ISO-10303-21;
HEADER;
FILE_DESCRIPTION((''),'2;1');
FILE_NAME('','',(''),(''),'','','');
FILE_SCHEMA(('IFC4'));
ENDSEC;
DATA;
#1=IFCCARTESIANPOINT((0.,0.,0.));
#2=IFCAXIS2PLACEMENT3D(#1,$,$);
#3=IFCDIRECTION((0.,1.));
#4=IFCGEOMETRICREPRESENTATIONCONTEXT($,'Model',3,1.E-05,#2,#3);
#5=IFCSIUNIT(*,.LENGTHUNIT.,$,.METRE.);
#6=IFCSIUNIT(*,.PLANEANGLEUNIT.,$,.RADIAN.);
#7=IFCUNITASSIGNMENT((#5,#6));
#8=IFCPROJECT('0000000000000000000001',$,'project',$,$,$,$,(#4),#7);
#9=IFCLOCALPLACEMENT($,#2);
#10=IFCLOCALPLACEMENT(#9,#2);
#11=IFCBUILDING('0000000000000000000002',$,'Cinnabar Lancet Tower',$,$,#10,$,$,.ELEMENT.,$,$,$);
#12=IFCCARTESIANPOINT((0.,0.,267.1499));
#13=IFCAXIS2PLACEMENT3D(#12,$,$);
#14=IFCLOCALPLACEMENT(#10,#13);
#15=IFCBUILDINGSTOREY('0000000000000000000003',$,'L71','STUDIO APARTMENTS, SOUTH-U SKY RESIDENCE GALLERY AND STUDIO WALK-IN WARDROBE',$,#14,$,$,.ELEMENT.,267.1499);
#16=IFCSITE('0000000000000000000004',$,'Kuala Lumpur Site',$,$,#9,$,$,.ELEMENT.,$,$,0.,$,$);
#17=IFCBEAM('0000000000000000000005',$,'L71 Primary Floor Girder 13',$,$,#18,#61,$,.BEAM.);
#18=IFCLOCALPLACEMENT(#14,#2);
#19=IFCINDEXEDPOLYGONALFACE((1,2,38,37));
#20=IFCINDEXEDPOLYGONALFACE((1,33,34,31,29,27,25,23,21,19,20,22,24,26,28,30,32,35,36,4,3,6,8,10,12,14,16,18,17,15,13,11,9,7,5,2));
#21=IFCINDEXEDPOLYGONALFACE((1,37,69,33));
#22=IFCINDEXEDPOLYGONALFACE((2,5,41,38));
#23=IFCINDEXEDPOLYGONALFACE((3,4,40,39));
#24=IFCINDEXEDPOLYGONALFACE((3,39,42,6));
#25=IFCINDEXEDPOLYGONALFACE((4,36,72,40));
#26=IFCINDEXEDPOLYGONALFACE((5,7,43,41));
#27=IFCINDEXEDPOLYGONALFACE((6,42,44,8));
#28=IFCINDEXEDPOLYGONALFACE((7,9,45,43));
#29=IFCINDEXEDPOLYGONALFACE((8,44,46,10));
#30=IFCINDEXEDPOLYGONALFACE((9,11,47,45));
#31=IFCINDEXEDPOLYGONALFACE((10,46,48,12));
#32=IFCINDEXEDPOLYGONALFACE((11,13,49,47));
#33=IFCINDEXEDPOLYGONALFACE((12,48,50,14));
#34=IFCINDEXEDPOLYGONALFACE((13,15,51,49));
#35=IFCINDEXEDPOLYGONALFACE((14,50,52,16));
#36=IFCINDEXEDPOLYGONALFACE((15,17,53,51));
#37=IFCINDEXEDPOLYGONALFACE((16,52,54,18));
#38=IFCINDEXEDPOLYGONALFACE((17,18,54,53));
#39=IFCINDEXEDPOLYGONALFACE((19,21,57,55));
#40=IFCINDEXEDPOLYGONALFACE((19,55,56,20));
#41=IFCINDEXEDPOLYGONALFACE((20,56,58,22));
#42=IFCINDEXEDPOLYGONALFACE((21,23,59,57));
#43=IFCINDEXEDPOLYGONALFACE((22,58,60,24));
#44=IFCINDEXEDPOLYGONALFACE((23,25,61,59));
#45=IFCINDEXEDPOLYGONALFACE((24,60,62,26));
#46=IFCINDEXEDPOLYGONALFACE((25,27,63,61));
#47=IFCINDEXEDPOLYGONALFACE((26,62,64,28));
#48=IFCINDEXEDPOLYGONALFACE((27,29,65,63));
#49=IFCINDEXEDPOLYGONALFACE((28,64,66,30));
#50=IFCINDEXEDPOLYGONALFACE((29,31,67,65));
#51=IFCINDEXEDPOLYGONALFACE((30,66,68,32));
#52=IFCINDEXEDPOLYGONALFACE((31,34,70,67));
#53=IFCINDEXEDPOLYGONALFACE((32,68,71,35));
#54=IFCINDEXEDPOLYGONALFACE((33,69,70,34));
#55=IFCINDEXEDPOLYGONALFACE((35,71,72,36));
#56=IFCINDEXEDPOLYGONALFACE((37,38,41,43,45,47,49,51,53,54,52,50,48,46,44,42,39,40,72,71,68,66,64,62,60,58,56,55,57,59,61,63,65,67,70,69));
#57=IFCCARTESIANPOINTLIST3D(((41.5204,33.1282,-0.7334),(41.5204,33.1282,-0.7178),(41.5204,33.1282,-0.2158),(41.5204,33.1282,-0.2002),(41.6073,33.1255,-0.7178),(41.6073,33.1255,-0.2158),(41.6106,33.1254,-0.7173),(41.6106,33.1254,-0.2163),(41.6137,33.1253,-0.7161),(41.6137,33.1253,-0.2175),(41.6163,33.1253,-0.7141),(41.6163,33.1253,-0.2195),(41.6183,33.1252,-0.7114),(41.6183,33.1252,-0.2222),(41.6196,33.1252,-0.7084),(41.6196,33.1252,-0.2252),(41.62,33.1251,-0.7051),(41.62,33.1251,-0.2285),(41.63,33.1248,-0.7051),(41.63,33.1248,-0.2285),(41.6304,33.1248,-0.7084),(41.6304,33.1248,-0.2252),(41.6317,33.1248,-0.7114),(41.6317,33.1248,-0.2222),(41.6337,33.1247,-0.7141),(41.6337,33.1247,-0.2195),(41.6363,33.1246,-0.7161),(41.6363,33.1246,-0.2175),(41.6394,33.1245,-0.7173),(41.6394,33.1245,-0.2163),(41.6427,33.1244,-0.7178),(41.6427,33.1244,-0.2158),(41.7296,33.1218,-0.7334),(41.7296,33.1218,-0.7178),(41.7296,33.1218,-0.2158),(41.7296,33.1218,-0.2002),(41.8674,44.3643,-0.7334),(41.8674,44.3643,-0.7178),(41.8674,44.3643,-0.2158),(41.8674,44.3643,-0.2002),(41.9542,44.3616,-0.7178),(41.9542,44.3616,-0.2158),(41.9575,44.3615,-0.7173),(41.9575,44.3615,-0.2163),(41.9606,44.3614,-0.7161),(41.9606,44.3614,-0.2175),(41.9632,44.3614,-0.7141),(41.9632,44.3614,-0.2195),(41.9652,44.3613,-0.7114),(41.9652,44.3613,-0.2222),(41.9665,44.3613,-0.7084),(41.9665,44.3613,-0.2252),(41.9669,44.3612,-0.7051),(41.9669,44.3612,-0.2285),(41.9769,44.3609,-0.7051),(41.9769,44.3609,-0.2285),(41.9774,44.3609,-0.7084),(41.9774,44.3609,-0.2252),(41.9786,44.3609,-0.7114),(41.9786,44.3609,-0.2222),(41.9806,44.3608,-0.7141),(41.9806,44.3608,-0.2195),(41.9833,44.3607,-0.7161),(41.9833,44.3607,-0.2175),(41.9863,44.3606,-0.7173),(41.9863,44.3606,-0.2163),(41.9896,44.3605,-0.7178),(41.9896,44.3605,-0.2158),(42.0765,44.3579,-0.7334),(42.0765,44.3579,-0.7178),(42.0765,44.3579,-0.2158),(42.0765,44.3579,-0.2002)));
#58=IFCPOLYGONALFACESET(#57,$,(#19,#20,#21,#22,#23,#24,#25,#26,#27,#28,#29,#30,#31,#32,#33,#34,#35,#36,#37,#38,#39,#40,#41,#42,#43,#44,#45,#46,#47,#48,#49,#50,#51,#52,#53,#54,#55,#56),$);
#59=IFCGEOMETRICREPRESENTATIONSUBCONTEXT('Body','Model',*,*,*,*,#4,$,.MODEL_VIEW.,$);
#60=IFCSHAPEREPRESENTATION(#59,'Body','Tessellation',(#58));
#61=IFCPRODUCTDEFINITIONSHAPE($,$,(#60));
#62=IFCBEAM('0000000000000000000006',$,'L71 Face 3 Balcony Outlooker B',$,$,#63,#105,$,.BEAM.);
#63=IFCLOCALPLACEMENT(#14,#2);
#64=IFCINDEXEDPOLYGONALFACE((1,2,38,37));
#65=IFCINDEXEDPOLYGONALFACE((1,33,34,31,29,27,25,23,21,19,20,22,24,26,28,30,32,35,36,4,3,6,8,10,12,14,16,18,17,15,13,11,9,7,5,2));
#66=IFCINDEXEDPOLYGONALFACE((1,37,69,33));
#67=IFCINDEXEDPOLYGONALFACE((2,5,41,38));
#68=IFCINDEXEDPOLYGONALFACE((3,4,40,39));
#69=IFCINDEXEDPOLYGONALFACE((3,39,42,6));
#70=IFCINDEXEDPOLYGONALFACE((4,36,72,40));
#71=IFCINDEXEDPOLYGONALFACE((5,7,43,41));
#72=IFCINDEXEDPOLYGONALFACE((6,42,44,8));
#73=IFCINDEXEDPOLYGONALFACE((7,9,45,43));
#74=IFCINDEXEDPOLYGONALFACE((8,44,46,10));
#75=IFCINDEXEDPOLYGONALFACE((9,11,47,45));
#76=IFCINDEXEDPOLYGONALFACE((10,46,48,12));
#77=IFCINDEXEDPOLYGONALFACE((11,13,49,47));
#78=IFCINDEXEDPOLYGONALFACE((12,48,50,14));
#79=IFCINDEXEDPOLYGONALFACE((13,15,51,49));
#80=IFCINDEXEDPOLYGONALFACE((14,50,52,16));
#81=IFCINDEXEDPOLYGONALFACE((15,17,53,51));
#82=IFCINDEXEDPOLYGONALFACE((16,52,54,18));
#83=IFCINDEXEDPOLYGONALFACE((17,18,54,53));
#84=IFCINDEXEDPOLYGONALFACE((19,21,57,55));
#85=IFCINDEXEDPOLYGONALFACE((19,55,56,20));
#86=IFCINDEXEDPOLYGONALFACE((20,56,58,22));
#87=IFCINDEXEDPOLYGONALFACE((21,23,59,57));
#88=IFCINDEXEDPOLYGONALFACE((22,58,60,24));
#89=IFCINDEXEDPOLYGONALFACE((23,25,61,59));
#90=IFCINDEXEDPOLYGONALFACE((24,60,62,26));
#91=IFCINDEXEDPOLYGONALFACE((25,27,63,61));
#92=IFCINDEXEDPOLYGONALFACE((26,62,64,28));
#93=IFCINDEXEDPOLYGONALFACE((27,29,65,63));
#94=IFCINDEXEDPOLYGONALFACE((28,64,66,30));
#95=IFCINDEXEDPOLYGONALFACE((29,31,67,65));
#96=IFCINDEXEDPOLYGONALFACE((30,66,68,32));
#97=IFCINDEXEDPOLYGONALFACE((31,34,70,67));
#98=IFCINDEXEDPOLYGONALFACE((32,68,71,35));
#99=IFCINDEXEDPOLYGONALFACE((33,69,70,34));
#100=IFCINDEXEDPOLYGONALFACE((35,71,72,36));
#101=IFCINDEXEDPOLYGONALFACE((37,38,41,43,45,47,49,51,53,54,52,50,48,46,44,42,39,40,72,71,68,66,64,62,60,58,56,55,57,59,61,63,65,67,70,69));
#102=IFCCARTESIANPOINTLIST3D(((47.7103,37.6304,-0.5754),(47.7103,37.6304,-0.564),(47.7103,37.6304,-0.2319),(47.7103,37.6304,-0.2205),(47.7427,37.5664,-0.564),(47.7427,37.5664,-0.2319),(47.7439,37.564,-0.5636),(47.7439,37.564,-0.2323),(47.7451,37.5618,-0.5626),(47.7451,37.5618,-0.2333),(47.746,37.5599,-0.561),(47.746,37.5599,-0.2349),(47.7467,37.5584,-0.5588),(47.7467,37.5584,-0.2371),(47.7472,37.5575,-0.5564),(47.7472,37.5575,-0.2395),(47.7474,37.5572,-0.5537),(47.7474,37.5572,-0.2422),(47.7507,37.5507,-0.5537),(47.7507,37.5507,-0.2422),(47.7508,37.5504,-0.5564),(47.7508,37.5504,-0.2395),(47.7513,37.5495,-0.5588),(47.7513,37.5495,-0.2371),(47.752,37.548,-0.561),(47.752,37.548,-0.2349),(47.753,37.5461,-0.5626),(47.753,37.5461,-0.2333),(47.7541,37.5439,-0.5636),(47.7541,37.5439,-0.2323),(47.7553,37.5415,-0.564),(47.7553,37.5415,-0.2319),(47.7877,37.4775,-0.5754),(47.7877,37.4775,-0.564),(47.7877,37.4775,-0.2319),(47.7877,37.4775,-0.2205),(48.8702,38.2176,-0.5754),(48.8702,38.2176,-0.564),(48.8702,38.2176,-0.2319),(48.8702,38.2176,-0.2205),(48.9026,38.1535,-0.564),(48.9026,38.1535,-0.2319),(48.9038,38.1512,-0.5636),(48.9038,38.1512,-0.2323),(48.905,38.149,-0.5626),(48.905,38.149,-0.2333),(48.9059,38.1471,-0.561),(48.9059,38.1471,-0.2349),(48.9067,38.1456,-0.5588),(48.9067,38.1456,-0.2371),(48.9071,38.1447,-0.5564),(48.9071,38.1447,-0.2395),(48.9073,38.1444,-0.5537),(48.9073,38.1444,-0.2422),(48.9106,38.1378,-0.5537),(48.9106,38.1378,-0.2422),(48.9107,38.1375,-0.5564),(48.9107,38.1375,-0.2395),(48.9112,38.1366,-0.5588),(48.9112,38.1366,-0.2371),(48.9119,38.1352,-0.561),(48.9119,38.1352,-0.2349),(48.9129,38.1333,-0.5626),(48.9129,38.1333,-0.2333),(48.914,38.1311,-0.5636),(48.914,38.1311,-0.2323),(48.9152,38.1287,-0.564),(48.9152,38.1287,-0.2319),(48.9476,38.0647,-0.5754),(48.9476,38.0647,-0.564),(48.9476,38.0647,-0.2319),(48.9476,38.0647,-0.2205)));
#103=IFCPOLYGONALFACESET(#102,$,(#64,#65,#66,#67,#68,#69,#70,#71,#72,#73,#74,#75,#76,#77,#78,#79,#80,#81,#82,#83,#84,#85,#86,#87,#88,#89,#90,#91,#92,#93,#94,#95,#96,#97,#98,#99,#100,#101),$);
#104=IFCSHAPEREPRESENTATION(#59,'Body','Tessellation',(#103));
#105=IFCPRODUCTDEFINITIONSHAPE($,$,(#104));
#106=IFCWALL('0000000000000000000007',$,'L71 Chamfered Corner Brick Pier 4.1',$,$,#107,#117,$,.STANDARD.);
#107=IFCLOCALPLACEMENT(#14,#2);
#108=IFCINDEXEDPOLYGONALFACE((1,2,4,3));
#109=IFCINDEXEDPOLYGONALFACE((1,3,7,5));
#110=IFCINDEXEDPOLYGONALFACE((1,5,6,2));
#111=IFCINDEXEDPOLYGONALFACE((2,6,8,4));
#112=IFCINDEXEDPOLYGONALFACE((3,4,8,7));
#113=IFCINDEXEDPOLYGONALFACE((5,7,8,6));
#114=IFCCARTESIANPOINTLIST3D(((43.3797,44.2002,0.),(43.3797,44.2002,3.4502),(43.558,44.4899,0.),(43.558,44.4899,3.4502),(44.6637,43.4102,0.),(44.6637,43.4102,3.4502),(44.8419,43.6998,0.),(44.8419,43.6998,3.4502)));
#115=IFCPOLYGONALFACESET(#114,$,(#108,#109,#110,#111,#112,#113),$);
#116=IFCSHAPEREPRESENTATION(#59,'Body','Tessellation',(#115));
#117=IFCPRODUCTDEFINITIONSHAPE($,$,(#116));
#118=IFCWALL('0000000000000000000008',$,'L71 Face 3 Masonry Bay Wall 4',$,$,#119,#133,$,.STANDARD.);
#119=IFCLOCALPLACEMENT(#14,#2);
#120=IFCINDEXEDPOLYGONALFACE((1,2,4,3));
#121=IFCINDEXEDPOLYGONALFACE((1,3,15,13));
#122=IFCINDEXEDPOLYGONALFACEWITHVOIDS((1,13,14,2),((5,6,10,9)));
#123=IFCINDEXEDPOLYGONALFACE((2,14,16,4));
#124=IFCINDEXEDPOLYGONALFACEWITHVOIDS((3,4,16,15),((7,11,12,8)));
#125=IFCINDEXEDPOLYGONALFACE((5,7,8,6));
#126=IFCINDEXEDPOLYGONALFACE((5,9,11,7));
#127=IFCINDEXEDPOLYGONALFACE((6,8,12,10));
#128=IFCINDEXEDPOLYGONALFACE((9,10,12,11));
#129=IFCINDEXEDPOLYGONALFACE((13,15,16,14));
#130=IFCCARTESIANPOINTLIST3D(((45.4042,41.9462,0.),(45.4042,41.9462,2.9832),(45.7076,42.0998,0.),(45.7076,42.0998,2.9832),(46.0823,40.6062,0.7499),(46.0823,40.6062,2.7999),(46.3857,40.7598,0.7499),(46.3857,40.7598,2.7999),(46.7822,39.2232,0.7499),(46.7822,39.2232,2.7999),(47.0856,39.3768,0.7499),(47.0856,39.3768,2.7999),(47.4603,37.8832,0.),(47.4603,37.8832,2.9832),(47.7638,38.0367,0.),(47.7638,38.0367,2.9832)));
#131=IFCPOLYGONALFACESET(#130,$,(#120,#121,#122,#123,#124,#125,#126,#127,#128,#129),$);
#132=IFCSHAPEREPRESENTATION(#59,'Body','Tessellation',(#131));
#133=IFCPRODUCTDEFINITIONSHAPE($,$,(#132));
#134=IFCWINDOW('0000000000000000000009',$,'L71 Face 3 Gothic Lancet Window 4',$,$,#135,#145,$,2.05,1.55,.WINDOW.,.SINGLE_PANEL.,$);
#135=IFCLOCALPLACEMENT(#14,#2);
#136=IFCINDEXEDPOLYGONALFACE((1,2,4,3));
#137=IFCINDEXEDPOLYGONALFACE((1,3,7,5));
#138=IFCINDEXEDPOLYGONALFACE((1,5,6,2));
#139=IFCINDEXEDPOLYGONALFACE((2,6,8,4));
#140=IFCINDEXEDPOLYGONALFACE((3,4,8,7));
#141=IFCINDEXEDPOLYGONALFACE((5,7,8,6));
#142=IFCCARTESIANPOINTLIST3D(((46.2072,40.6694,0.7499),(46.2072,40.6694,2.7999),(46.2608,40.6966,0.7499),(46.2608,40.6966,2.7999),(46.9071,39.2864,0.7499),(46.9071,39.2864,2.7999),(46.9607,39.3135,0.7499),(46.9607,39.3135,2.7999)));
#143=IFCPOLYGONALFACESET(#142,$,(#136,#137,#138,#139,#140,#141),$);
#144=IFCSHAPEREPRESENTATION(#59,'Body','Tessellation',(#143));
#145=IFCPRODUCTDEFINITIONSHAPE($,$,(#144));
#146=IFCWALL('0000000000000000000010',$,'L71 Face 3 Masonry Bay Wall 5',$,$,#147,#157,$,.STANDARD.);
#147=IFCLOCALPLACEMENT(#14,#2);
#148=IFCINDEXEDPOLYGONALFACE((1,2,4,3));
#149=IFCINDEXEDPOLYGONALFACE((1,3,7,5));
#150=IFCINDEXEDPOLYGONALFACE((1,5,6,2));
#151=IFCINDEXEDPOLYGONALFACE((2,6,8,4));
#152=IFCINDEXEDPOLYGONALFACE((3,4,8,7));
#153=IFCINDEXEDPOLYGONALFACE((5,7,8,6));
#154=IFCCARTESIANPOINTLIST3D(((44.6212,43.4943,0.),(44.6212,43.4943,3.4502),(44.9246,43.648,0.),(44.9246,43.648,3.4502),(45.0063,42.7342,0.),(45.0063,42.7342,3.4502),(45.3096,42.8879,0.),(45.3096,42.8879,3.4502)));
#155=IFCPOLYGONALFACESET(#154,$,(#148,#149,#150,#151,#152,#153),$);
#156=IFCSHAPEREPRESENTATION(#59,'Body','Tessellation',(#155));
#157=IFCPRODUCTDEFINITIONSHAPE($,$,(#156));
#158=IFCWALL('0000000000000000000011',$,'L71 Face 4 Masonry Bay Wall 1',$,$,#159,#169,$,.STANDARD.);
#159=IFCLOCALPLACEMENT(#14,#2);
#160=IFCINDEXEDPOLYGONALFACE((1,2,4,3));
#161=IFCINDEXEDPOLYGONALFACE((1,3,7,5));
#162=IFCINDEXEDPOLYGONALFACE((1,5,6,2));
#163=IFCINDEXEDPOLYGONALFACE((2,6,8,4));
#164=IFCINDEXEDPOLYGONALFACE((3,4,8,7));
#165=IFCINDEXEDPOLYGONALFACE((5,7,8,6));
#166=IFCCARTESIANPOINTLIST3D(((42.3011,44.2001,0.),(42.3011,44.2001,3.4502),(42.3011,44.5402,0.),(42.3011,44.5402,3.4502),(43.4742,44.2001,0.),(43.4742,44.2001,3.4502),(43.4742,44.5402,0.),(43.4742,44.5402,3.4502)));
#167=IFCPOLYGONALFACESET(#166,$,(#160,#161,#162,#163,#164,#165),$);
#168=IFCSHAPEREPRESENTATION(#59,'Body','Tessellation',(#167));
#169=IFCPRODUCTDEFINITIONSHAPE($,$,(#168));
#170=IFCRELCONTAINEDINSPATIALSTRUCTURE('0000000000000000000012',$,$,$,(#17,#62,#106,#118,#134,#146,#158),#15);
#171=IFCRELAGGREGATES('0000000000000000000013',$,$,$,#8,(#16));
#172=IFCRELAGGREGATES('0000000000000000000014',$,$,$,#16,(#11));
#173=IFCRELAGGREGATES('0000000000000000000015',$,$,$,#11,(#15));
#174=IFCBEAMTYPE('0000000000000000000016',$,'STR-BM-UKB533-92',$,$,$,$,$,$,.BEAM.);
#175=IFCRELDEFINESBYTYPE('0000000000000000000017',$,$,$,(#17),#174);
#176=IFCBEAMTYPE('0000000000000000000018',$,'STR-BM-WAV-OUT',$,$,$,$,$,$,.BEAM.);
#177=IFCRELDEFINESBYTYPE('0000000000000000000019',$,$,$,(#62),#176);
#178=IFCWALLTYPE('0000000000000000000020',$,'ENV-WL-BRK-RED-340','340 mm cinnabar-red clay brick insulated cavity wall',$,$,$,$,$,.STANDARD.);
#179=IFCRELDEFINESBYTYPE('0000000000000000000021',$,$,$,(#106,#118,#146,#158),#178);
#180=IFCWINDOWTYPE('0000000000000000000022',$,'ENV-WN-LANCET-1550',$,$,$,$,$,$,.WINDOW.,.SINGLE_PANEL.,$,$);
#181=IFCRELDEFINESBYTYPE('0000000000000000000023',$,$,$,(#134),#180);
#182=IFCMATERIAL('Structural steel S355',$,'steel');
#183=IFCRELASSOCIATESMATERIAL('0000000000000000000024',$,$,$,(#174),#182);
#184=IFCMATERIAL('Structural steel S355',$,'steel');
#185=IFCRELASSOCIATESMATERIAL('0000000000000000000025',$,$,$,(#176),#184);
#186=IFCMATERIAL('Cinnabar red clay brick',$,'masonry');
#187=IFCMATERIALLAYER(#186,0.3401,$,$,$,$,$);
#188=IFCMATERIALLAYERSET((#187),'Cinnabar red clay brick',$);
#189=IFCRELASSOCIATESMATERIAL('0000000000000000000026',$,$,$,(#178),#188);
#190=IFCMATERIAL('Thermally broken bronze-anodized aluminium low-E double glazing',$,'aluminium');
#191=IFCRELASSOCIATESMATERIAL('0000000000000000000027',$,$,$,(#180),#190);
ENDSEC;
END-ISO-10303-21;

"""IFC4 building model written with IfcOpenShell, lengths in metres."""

from ifc_helpers import new_model, si_unit, direction, frame, frame_2d, origin, origin_2d, place, context, subcontext, project, spatial, rectangle, i_section, extrude, material, layer, layer_set, material_profile, profile_set, type_object, element, fill, save


model = new_model("IFC4")

# Units and contexts
model_context = context("Model", 3, precision=1e-05, world=origin(), true_north=direction((0.0, 1.0)))
body_context = subcontext(model_context, "Body", "Model", "MODEL_VIEW")
ifc_project = project(units=[si_unit("LENGTHUNIT", "METRE"), si_unit("PLANEANGLEUNIT", "RADIAN")], contexts=[model_context])

# Site, building, storey
site_placement = place(None, origin())
site = spatial("IfcSite", under=ifc_project, at=site_placement, Name="Kuala Lumpur Site", CompositionType="ELEMENT", RefElevation=0.0)
building_placement = place(site_placement, origin())
building = spatial("IfcBuilding", under=site, at=building_placement, Name="Cinnabar Lancet Tower", CompositionType="ELEMENT")
storey_placement = place(building_placement, frame((0.0, 0.0, 267.1499)))
storey = spatial("IfcBuildingStorey", under=building, at=storey_placement, Name="L71", Description="STUDIO APARTMENTS, SOUTH-U SKY RESIDENCE GALLERY AND STUDIO WALK-IN WARDROBE", CompositionType="ELEMENT", Elevation=267.1499)

# Beams
ifc_material_1 = material(Name="Structural steel S355", Category="steel")
ifc_material_profile_1 = material_profile(ifc_material_1, i_section(OverallWidth=0.2092, OverallDepth=0.5332, WebThickness=0.01, FlangeThickness=0.0156, FilletRadius=0.0127, at=origin_2d()), Name="UKB 533x210x92")
ifc_profile_set_1 = profile_set([ifc_material_profile_1], Name="Structural steel S355")
beam_type_1 = type_object("IfcBeamType", Name="STR-BM-UKB533-92", PredefinedType="BEAM", material=ifc_profile_set_1)
beam_1_placement = place(storey_placement, frame((41.9719, 44.3611, -0.4668), z_axis=(-0.030861, -0.999524, 0.0), x_axis=(0.999524, -0.030861, 0.0)))
element("IfcBeam", 1, at=beam_1_placement, inside=storey, type_object=beam_type_1, Name="L71 Primary Floor Girder 13", PredefinedType="BEAM", context=body_context, shape_type="SweptSolid", body=[
    extrude(i_section(OverallWidth=0.2092, OverallDepth=0.5332, WebThickness=0.01, FlangeThickness=0.0156, FilletRadius=0.0127, at=origin_2d()), origin(), (0.0, 0.0, 1.0), 11.2415),
])
ifc_material_2 = material(Name="Structural steel S355", Category="steel")
ifc_material_profile_2 = material_profile(ifc_material_2, i_section(OverallWidth=0.1714, OverallDepth=0.355, WebThickness=0.0073, FlangeThickness=0.0115, FilletRadius=0.0103, at=origin_2d()), Name="UKB 356x171x51")
ifc_profile_set_2 = profile_set([ifc_material_profile_2], Name="Structural steel S355")
beam_type_2 = type_object("IfcBeamType", Name="STR-BM-WAV-OUT", PredefinedType="BEAM", material=ifc_profile_set_2)
beam_2_placement = place(storey_placement, frame((47.749, 37.554, -0.3979), z_axis=(0.8922, 0.45164, 0.0), x_axis=(-0.45164, 0.8922, 0.0)))
element("IfcBeam", 2, at=beam_2_placement, inside=storey, type_object=beam_type_2, Name="L71 Face 3 Balcony Outlooker B", PredefinedType="BEAM", context=body_context, shape_type="SweptSolid", body=[
    extrude(i_section(OverallWidth=0.1714, OverallDepth=0.355, WebThickness=0.0073, FlangeThickness=0.0115, FilletRadius=0.0103, at=origin_2d()), origin(), (0.0, 0.0, 1.0), 1.3),
])

# Wall
ifc_material_3 = material(Name="Cinnabar red clay brick", Category="masonry")
ifc_layer = layer(ifc_material_3, 0.3401)
ifc_layer_set = layer_set([ifc_layer], Name="Cinnabar red clay brick")
wall_type = type_object("IfcWallType", Name="ENV-WL-BRK-RED-340", Description="340 mm cinnabar-red clay brick insulated cavity wall", PredefinedType="STANDARD", material=ifc_layer_set)
wall_1_placement = place(storey_placement, frame((44.7529, 43.5549, 0.0), z_axis=(0.0, 0.0, 1.0), x_axis=(-0.851681, 0.524061, 0.0)))
element("IfcWall", 3, at=wall_1_placement, inside=storey, type_object=wall_type, Name="L71 Chamfered Corner Brick Pier 4.1", PredefinedType="STANDARD", context=body_context, shape_type="SweptSolid", body=[
    extrude(rectangle(XDim=1.5076, YDim=0.3401, at=frame_2d((0.7539, 0.0))), origin(), (0.0, 0.0, 1.0), 3.4502),
])

# Wall, opening, window
wall_2_placement = place(storey_placement, frame((47.6121, 37.96, 0.0), z_axis=(0.0, 0.0, 1.0), x_axis=(-0.45154, 0.892251, 0.0)))
wall_2 = element("IfcWall", 4, at=wall_2_placement, inside=storey, type_object=wall_type, Name="L71 Face 3 Masonry Bay Wall 4", PredefinedType="STANDARD", context=body_context, shape_type="SweptSolid", body=[
    extrude(rectangle(XDim=4.5537, YDim=0.3401, at=frame_2d((2.2769, 0.0))), origin(), (0.0, 0.0, 1.0), 2.9832),
])
opening_placement = place(wall_2_placement, frame((1.502, 0.0, 0.75)))
opening = element("IfcOpeningElement", 5, at=opening_placement, cuts=wall_2, PredefinedType="OPENING", context=body_context, shape_type="SweptSolid", body=[
    extrude(rectangle(XDim=1.55, YDim=2.05, at=frame_2d((0.7749, 1.0249))), frame((0.0, 0.1799, 0.0), z_axis=(0.0, -1.0, 0.0), x_axis=(1.0, 0.0, 0.0)), (0.0, 0.0, 1.0), 0.3601),
])
ifc_material_4 = material(Name="Thermally broken bronze-anodized aluminium low-E double glazing", Category="aluminium")
window_type = type_object("IfcWindowType", Name="ENV-WN-LANCET-1550", PartitioningType="SINGLE_PANEL", PredefinedType="WINDOW", material=ifc_material_4)
window_placement = place(opening_placement, origin())
window = element("IfcWindow", 6, at=window_placement, inside=storey, type_object=window_type, Name="L71 Face 3 Gothic Lancet Window 4", OverallHeight=2.05, OverallWidth=1.55, PartitioningType="SINGLE_PANEL", PredefinedType="WINDOW", context=body_context, shape_type="SweptSolid", body=[
    extrude(rectangle(XDim=1.55, YDim=2.05, at=frame_2d((0.7749, 1.0249))), frame((0.0, 0.03, 0.0), z_axis=(0.0, -1.0, 0.0), x_axis=(1.0, 0.0, 0.0)), (0.0, 0.0, 1.0), 0.0601),
])
fill(opening, window)

# Walls
wall_3_placement = place(storey_placement, frame((45.158, 42.811, 0.0), z_axis=(0.0, 0.0, 1.0), x_axis=(-0.451907, 0.892065, 0.0)))
element("IfcWall", 7, at=wall_3_placement, inside=storey, type_object=wall_type, Name="L71 Face 3 Masonry Bay Wall 5", PredefinedType="STANDARD", context=body_context, shape_type="SweptSolid", body=[
    extrude(rectangle(XDim=0.8521, YDim=0.3401, at=frame_2d((0.426, 0.0))), origin(), (0.0, 0.0, 1.0), 3.4502),
])
wall_4_placement = place(storey_placement, frame((43.4741, 44.3701, 0.0), z_axis=(0.0, 0.0, 1.0), x_axis=(-1.0, 0.0, 0.0)))
element("IfcWall", 8, at=wall_4_placement, inside=storey, type_object=wall_type, Name="L71 Face 4 Masonry Bay Wall 1", PredefinedType="STANDARD", context=body_context, shape_type="SweptSolid", body=[
    extrude(rectangle(XDim=1.1731, YDim=0.3401, at=frame_2d((0.5864, 0.0))), origin(), (0.0, 0.0, 1.0), 3.4502),
])

save(model, "model.ifc")
